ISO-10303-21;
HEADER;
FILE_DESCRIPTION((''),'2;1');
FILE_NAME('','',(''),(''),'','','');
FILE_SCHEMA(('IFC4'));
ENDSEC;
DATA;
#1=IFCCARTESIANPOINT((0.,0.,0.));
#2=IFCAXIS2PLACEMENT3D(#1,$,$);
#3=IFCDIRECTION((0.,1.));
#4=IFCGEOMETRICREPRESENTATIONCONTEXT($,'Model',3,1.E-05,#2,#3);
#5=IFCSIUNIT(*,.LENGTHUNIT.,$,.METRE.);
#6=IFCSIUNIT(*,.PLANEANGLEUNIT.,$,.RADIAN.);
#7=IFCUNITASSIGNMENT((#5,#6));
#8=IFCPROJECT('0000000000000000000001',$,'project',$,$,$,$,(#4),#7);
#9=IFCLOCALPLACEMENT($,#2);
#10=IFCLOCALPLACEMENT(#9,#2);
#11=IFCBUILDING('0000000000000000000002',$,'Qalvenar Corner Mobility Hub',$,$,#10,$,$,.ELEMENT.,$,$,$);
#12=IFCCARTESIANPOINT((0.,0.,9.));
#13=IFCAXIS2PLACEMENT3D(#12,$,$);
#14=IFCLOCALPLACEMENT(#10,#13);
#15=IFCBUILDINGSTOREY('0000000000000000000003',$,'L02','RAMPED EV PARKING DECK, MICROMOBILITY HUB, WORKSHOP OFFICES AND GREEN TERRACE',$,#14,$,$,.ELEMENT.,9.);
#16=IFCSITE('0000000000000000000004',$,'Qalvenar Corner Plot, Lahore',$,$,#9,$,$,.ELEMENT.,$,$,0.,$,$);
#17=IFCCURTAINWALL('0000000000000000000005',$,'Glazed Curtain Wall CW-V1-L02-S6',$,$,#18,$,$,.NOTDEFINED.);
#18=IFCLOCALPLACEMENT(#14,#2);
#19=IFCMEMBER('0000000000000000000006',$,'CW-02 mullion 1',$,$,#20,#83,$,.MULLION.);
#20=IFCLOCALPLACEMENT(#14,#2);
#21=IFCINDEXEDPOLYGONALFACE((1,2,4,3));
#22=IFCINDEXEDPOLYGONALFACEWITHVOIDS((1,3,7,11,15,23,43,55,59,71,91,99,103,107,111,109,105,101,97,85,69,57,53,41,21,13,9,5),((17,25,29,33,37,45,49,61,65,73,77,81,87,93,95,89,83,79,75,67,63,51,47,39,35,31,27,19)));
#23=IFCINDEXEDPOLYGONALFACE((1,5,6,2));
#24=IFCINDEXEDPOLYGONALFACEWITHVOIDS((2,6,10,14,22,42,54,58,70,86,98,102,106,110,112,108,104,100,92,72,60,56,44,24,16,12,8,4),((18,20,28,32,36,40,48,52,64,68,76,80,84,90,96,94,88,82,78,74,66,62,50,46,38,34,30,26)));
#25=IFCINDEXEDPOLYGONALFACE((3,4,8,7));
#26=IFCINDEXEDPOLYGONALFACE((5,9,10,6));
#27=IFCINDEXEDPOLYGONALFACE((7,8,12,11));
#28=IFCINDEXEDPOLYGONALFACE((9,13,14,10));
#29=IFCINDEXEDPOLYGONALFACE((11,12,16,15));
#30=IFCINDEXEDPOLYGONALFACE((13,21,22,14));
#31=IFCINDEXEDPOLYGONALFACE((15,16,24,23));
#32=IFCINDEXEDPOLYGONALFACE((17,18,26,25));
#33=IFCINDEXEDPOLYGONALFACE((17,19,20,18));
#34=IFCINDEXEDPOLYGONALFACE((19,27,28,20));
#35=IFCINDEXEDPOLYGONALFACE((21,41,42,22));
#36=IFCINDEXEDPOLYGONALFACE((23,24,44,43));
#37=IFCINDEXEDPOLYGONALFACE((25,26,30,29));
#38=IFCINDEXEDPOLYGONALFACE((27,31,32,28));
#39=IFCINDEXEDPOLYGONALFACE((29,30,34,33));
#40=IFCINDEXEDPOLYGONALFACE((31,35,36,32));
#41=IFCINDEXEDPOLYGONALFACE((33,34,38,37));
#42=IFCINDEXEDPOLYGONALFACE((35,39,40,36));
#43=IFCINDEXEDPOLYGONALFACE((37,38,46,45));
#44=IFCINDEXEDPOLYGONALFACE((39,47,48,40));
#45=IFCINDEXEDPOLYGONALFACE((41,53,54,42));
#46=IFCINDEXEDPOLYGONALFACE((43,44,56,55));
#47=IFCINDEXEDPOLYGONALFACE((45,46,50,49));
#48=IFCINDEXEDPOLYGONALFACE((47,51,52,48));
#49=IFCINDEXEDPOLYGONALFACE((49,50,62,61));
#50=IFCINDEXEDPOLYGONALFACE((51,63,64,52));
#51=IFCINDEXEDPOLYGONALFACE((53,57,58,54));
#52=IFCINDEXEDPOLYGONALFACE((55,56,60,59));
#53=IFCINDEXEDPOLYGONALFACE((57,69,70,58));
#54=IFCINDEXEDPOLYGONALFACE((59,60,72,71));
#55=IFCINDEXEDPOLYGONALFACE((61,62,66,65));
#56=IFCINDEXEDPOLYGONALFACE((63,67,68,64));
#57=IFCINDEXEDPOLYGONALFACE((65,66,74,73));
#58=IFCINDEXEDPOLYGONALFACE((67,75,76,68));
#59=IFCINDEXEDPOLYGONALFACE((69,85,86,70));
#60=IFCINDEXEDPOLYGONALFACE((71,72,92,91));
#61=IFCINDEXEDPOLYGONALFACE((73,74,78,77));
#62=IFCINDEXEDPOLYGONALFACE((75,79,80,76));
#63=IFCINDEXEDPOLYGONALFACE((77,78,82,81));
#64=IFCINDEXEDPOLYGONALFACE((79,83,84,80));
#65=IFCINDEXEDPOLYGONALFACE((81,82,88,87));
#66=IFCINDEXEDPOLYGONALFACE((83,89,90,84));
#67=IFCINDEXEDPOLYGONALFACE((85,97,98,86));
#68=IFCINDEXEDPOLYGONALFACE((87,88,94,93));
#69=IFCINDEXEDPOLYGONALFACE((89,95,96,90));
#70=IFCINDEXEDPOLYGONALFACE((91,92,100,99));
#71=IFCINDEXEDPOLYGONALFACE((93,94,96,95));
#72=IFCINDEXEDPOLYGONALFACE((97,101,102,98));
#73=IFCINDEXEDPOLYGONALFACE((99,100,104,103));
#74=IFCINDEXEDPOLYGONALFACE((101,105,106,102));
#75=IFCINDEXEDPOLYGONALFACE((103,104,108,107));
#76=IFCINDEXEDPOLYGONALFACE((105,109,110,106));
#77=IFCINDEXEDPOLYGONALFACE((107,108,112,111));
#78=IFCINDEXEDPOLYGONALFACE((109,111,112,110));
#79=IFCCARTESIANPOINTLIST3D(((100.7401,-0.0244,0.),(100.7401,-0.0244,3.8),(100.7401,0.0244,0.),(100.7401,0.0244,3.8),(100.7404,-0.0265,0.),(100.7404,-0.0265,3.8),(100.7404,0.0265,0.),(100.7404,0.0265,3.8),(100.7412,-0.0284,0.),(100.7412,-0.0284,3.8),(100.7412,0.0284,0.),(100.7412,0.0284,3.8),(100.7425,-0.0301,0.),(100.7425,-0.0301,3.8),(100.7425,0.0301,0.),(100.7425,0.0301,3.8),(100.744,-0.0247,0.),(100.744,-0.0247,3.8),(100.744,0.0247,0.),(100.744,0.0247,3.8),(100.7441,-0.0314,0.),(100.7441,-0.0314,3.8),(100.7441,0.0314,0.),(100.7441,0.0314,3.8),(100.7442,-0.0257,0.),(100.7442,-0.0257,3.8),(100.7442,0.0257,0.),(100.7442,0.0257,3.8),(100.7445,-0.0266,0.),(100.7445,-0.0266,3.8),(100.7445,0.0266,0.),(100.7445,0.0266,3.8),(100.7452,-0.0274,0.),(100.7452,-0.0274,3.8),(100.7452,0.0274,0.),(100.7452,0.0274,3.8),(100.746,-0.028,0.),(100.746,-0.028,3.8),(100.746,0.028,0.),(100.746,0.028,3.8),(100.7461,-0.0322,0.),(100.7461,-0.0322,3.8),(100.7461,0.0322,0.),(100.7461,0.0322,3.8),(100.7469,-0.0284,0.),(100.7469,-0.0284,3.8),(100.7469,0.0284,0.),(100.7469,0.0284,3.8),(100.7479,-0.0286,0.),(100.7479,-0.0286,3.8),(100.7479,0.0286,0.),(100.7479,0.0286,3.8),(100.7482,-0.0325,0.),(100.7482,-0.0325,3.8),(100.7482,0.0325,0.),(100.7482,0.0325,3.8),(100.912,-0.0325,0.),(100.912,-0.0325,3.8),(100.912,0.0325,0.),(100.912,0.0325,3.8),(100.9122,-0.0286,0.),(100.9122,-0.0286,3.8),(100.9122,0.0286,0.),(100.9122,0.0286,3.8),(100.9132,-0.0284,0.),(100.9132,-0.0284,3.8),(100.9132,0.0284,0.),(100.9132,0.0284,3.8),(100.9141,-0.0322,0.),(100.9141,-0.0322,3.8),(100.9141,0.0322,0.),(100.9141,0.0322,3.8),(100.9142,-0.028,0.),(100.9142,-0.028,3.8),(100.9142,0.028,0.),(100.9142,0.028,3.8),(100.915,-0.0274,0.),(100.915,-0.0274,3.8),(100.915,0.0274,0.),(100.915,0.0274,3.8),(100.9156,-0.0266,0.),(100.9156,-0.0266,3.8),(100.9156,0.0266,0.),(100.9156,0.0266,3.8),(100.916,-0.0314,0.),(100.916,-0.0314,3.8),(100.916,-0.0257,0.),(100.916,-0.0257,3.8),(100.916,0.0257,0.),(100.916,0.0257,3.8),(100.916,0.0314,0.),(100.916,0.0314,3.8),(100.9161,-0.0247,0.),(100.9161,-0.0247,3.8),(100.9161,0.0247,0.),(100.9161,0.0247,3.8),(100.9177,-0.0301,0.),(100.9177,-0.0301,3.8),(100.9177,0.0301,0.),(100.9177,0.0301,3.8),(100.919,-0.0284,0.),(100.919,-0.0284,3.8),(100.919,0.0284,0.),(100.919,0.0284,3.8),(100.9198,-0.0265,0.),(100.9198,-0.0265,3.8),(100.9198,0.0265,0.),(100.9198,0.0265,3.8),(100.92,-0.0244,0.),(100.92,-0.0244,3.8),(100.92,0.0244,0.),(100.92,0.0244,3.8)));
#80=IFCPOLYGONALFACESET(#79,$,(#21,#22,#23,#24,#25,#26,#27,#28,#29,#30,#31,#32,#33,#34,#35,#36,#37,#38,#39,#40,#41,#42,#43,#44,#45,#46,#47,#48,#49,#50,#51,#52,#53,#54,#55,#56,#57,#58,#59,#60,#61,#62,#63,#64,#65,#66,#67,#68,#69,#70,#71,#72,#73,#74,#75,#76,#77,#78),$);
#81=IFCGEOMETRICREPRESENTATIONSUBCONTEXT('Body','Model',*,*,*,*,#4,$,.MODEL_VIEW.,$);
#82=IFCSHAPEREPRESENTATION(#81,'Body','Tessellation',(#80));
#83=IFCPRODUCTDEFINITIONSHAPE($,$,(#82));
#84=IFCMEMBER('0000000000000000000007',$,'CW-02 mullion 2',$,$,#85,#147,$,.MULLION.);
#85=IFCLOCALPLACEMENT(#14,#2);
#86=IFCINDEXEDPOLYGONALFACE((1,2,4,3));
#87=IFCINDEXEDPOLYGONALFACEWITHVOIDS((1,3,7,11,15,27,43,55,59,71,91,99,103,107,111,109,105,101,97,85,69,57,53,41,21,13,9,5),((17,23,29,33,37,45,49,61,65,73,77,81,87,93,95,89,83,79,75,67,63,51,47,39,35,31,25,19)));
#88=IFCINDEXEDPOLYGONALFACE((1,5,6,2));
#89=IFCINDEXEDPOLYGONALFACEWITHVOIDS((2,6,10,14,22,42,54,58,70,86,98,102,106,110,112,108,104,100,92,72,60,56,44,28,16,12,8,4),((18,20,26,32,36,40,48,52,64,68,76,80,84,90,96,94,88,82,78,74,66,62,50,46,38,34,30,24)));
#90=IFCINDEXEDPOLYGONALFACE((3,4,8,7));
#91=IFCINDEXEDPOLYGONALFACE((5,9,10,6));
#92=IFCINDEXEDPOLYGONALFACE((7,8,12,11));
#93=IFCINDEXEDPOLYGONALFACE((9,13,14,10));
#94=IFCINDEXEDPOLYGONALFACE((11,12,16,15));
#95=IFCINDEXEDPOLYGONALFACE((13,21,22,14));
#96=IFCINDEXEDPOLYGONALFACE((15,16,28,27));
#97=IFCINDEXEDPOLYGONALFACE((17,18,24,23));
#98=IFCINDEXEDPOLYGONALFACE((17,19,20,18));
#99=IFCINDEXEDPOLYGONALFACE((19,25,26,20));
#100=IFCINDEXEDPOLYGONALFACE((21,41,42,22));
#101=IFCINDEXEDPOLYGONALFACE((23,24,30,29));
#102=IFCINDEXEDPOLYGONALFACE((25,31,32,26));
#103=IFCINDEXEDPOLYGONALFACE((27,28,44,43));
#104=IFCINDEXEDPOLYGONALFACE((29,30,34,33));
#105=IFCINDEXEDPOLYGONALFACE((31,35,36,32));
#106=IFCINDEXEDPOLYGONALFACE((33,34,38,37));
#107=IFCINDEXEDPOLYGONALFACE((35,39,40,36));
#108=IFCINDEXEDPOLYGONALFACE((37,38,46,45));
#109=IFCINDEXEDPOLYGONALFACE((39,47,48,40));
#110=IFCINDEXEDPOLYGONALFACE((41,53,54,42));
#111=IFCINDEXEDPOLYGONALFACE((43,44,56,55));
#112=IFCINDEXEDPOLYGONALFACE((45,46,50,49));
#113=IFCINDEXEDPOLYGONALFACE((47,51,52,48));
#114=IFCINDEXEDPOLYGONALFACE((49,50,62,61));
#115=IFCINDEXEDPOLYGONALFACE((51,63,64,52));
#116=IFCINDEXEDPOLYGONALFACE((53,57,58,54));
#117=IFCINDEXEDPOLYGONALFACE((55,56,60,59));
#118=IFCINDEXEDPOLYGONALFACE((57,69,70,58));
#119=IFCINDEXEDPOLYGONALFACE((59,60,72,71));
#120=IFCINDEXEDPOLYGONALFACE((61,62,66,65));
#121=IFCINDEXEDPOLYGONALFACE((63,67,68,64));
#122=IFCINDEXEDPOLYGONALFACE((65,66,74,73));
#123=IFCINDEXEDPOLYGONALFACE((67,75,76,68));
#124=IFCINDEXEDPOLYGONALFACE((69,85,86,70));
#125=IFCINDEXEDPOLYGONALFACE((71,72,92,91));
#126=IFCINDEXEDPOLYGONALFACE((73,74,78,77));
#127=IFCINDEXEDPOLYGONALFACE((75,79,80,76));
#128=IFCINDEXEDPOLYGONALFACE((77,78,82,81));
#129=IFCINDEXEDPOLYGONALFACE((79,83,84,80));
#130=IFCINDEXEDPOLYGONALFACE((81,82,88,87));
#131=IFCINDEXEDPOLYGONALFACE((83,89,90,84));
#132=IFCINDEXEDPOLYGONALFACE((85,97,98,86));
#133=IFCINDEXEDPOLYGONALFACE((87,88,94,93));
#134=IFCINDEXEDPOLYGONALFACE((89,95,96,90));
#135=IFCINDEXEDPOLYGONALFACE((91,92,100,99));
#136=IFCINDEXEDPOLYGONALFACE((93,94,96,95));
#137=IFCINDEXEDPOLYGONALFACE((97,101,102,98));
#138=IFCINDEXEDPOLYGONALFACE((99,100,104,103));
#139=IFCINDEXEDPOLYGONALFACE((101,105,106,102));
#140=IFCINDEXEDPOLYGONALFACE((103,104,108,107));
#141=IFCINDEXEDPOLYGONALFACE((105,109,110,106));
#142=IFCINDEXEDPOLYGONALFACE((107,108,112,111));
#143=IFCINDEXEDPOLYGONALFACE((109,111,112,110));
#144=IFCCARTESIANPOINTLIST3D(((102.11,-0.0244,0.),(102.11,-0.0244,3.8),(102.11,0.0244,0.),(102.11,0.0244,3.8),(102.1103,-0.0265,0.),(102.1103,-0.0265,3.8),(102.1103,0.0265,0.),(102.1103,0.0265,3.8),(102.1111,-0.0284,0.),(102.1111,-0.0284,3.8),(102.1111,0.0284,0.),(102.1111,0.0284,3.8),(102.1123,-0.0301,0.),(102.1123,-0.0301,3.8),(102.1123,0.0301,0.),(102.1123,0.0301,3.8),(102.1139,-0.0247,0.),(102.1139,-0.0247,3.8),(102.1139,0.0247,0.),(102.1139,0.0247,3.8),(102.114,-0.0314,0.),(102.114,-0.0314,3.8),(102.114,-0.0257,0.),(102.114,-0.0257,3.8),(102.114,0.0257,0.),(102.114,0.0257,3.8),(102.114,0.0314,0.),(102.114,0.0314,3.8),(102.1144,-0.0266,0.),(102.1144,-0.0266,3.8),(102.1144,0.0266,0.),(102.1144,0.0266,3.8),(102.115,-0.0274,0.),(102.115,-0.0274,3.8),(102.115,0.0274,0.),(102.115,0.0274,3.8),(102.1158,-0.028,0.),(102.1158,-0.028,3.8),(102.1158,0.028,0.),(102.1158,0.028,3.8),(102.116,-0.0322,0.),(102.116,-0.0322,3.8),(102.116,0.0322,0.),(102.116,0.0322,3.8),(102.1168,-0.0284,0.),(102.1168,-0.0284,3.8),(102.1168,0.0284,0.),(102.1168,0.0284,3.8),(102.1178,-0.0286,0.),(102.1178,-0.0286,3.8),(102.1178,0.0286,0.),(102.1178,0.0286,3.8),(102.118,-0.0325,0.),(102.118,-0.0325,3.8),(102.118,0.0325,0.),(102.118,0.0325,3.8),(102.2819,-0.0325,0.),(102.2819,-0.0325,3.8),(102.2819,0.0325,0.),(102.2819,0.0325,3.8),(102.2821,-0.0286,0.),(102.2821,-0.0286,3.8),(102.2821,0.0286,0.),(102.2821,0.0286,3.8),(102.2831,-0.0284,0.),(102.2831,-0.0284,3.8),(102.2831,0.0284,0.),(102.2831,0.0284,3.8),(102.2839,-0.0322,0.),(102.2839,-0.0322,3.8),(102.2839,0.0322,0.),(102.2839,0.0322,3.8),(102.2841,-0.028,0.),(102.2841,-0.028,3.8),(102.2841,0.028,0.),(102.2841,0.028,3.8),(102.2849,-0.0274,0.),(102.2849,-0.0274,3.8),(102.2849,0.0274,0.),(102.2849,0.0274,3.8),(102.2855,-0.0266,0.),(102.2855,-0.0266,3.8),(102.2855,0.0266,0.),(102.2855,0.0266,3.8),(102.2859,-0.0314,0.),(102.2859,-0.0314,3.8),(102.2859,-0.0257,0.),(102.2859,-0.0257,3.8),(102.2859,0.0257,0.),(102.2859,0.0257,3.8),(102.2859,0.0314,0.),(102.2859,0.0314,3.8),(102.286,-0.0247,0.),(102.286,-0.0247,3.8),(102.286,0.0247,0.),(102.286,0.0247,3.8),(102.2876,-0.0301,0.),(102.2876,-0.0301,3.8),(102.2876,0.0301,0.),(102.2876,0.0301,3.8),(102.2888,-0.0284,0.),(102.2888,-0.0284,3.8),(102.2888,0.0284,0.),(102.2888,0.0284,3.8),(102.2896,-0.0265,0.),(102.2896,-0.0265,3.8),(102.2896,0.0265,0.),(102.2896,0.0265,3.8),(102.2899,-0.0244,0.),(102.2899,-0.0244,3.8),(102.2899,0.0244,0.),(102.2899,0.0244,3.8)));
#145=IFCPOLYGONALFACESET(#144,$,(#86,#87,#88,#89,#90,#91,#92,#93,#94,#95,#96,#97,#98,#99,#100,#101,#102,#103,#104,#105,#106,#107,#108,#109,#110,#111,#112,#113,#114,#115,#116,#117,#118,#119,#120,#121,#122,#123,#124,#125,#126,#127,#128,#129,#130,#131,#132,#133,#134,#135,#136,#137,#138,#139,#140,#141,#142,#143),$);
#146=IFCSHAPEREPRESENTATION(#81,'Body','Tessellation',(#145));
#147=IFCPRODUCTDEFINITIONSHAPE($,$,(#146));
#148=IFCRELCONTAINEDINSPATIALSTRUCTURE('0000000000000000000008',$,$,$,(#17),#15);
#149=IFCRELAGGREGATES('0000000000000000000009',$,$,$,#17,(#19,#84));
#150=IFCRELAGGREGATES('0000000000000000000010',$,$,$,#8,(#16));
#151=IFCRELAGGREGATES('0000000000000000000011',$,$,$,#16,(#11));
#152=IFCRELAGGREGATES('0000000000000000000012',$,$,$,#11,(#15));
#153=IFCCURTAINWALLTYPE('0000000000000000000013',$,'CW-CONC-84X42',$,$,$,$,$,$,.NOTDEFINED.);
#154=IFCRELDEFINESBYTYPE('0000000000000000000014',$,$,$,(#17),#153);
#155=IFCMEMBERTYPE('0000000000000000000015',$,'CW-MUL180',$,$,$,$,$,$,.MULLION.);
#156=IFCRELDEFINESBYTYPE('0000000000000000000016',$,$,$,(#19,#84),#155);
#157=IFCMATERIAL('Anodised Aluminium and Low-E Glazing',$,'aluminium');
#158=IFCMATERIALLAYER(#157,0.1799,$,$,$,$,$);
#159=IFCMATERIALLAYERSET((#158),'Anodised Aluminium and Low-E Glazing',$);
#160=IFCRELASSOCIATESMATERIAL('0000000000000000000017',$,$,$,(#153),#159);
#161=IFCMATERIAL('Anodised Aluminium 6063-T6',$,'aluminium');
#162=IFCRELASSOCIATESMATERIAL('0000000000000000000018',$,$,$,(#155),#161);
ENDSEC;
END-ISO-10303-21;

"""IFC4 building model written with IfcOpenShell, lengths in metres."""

from ifc_helpers import new_model, si_unit, direction, frame, origin, origin_2d, place, context, subcontext, project, spatial, hollow_rectangle, extrude, material, layer, layer_set, material_profile, profile_set, type_object, element, aggregate, save


model = new_model("IFC4")

# Units and contexts
model_context = context("Model", 3, precision=1e-05, world=origin(), true_north=direction((0.0, 1.0)))
body_context = subcontext(model_context, "Body", "Model", "MODEL_VIEW")
ifc_project = project(units=[si_unit("LENGTHUNIT", "METRE"), si_unit("PLANEANGLEUNIT", "RADIAN")], contexts=[model_context])

# Site, building, storey
site_placement = place(None, origin())
site = spatial("IfcSite", under=ifc_project, at=site_placement, Name="Qalvenar Corner Plot, Lahore", CompositionType="ELEMENT", RefElevation=0.0)
building_placement = place(site_placement, origin())
building = spatial("IfcBuilding", under=site, at=building_placement, Name="Qalvenar Corner Mobility Hub", CompositionType="ELEMENT")
storey_placement = place(building_placement, frame((0.0, 0.0, 9.0)))
storey = spatial("IfcBuildingStorey", under=building, at=storey_placement, Name="L02", Description="RAMPED EV PARKING DECK, MICROMOBILITY HUB, WORKSHOP OFFICES AND GREEN TERRACE", CompositionType="ELEMENT", Elevation=9.0)

# Curtain wall, members
ifc_material_1 = material(Name="Anodised Aluminium and Low-E Glazing", Category="aluminium")
ifc_layer_1 = layer(ifc_material_1, 0.1799)
ifc_layer_set_1 = layer_set([ifc_layer_1], Name="Anodised Aluminium and Low-E Glazing")
curtain_wall_type = type_object("IfcCurtainWallType", Name="CW-CONC-84X42", PredefinedType="NOTDEFINED", material=ifc_layer_set_1)
ifc_material_2 = material(Name="Anodised Aluminium 6063-T6", Category="aluminium")
ifc_material_profile_1 = material_profile(ifc_material_2, hollow_rectangle(XDim=0.0649, YDim=0.1799, WallThickness=0.0039, InnerFilletRadius=0.0039, OuterFilletRadius=0.0081, at=origin_2d()), Name="RHS180x65x4")
ifc_profile_set_1 = profile_set([ifc_material_profile_1], Name="Anodised Aluminium 6063-T6")
member_type_1 = type_object("IfcMemberType", Name="CW-MUL180", PredefinedType="MULLION", material=ifc_profile_set_1)
curtain_wall_1_placement = place(storey_placement, origin())
curtain_wall_1 = element("IfcCurtainWall", 1, at=curtain_wall_1_placement, inside=storey, type_object=curtain_wall_type, Name="Glazed Curtain Wall CW-V1-L02-S6", PredefinedType="NOTDEFINED")
member_1_placement = place(storey_placement, frame((100.8301, 0.0, 0.0), z_axis=(0.0, 0.0, 1.0), x_axis=(0.0, 1.0, 0.0)))
member_1 = element("IfcMember", 2, at=member_1_placement, type_object=member_type_1, Name="CW-02 mullion 1", PredefinedType="MULLION", context=body_context, shape_type="SweptSolid", body=[
    extrude(hollow_rectangle(XDim=0.0649, YDim=0.1799, WallThickness=0.0039, InnerFilletRadius=0.0039, OuterFilletRadius=0.0081, at=origin_2d()), origin(), (0.0, 0.0, 1.0), 3.8),
])
member_2_placement = place(storey_placement, frame((102.2, 0.0, 0.0), z_axis=(0.0, 0.0, 1.0), x_axis=(0.0, 1.0, 0.0)))
member_2 = element("IfcMember", 3, at=member_2_placement, type_object=member_type_1, Name="CW-02 mullion 2", PredefinedType="MULLION", context=body_context, shape_type="SweptSolid", body=[
    extrude(hollow_rectangle(XDim=0.0649, YDim=0.1799, WallThickness=0.0039, InnerFilletRadius=0.0039, OuterFilletRadius=0.0081, at=origin_2d()), origin(), (0.0, 0.0, 1.0), 3.8),
])

aggregate(curtain_wall_1, [member_1, member_2])

save(model, "model.ifc")
